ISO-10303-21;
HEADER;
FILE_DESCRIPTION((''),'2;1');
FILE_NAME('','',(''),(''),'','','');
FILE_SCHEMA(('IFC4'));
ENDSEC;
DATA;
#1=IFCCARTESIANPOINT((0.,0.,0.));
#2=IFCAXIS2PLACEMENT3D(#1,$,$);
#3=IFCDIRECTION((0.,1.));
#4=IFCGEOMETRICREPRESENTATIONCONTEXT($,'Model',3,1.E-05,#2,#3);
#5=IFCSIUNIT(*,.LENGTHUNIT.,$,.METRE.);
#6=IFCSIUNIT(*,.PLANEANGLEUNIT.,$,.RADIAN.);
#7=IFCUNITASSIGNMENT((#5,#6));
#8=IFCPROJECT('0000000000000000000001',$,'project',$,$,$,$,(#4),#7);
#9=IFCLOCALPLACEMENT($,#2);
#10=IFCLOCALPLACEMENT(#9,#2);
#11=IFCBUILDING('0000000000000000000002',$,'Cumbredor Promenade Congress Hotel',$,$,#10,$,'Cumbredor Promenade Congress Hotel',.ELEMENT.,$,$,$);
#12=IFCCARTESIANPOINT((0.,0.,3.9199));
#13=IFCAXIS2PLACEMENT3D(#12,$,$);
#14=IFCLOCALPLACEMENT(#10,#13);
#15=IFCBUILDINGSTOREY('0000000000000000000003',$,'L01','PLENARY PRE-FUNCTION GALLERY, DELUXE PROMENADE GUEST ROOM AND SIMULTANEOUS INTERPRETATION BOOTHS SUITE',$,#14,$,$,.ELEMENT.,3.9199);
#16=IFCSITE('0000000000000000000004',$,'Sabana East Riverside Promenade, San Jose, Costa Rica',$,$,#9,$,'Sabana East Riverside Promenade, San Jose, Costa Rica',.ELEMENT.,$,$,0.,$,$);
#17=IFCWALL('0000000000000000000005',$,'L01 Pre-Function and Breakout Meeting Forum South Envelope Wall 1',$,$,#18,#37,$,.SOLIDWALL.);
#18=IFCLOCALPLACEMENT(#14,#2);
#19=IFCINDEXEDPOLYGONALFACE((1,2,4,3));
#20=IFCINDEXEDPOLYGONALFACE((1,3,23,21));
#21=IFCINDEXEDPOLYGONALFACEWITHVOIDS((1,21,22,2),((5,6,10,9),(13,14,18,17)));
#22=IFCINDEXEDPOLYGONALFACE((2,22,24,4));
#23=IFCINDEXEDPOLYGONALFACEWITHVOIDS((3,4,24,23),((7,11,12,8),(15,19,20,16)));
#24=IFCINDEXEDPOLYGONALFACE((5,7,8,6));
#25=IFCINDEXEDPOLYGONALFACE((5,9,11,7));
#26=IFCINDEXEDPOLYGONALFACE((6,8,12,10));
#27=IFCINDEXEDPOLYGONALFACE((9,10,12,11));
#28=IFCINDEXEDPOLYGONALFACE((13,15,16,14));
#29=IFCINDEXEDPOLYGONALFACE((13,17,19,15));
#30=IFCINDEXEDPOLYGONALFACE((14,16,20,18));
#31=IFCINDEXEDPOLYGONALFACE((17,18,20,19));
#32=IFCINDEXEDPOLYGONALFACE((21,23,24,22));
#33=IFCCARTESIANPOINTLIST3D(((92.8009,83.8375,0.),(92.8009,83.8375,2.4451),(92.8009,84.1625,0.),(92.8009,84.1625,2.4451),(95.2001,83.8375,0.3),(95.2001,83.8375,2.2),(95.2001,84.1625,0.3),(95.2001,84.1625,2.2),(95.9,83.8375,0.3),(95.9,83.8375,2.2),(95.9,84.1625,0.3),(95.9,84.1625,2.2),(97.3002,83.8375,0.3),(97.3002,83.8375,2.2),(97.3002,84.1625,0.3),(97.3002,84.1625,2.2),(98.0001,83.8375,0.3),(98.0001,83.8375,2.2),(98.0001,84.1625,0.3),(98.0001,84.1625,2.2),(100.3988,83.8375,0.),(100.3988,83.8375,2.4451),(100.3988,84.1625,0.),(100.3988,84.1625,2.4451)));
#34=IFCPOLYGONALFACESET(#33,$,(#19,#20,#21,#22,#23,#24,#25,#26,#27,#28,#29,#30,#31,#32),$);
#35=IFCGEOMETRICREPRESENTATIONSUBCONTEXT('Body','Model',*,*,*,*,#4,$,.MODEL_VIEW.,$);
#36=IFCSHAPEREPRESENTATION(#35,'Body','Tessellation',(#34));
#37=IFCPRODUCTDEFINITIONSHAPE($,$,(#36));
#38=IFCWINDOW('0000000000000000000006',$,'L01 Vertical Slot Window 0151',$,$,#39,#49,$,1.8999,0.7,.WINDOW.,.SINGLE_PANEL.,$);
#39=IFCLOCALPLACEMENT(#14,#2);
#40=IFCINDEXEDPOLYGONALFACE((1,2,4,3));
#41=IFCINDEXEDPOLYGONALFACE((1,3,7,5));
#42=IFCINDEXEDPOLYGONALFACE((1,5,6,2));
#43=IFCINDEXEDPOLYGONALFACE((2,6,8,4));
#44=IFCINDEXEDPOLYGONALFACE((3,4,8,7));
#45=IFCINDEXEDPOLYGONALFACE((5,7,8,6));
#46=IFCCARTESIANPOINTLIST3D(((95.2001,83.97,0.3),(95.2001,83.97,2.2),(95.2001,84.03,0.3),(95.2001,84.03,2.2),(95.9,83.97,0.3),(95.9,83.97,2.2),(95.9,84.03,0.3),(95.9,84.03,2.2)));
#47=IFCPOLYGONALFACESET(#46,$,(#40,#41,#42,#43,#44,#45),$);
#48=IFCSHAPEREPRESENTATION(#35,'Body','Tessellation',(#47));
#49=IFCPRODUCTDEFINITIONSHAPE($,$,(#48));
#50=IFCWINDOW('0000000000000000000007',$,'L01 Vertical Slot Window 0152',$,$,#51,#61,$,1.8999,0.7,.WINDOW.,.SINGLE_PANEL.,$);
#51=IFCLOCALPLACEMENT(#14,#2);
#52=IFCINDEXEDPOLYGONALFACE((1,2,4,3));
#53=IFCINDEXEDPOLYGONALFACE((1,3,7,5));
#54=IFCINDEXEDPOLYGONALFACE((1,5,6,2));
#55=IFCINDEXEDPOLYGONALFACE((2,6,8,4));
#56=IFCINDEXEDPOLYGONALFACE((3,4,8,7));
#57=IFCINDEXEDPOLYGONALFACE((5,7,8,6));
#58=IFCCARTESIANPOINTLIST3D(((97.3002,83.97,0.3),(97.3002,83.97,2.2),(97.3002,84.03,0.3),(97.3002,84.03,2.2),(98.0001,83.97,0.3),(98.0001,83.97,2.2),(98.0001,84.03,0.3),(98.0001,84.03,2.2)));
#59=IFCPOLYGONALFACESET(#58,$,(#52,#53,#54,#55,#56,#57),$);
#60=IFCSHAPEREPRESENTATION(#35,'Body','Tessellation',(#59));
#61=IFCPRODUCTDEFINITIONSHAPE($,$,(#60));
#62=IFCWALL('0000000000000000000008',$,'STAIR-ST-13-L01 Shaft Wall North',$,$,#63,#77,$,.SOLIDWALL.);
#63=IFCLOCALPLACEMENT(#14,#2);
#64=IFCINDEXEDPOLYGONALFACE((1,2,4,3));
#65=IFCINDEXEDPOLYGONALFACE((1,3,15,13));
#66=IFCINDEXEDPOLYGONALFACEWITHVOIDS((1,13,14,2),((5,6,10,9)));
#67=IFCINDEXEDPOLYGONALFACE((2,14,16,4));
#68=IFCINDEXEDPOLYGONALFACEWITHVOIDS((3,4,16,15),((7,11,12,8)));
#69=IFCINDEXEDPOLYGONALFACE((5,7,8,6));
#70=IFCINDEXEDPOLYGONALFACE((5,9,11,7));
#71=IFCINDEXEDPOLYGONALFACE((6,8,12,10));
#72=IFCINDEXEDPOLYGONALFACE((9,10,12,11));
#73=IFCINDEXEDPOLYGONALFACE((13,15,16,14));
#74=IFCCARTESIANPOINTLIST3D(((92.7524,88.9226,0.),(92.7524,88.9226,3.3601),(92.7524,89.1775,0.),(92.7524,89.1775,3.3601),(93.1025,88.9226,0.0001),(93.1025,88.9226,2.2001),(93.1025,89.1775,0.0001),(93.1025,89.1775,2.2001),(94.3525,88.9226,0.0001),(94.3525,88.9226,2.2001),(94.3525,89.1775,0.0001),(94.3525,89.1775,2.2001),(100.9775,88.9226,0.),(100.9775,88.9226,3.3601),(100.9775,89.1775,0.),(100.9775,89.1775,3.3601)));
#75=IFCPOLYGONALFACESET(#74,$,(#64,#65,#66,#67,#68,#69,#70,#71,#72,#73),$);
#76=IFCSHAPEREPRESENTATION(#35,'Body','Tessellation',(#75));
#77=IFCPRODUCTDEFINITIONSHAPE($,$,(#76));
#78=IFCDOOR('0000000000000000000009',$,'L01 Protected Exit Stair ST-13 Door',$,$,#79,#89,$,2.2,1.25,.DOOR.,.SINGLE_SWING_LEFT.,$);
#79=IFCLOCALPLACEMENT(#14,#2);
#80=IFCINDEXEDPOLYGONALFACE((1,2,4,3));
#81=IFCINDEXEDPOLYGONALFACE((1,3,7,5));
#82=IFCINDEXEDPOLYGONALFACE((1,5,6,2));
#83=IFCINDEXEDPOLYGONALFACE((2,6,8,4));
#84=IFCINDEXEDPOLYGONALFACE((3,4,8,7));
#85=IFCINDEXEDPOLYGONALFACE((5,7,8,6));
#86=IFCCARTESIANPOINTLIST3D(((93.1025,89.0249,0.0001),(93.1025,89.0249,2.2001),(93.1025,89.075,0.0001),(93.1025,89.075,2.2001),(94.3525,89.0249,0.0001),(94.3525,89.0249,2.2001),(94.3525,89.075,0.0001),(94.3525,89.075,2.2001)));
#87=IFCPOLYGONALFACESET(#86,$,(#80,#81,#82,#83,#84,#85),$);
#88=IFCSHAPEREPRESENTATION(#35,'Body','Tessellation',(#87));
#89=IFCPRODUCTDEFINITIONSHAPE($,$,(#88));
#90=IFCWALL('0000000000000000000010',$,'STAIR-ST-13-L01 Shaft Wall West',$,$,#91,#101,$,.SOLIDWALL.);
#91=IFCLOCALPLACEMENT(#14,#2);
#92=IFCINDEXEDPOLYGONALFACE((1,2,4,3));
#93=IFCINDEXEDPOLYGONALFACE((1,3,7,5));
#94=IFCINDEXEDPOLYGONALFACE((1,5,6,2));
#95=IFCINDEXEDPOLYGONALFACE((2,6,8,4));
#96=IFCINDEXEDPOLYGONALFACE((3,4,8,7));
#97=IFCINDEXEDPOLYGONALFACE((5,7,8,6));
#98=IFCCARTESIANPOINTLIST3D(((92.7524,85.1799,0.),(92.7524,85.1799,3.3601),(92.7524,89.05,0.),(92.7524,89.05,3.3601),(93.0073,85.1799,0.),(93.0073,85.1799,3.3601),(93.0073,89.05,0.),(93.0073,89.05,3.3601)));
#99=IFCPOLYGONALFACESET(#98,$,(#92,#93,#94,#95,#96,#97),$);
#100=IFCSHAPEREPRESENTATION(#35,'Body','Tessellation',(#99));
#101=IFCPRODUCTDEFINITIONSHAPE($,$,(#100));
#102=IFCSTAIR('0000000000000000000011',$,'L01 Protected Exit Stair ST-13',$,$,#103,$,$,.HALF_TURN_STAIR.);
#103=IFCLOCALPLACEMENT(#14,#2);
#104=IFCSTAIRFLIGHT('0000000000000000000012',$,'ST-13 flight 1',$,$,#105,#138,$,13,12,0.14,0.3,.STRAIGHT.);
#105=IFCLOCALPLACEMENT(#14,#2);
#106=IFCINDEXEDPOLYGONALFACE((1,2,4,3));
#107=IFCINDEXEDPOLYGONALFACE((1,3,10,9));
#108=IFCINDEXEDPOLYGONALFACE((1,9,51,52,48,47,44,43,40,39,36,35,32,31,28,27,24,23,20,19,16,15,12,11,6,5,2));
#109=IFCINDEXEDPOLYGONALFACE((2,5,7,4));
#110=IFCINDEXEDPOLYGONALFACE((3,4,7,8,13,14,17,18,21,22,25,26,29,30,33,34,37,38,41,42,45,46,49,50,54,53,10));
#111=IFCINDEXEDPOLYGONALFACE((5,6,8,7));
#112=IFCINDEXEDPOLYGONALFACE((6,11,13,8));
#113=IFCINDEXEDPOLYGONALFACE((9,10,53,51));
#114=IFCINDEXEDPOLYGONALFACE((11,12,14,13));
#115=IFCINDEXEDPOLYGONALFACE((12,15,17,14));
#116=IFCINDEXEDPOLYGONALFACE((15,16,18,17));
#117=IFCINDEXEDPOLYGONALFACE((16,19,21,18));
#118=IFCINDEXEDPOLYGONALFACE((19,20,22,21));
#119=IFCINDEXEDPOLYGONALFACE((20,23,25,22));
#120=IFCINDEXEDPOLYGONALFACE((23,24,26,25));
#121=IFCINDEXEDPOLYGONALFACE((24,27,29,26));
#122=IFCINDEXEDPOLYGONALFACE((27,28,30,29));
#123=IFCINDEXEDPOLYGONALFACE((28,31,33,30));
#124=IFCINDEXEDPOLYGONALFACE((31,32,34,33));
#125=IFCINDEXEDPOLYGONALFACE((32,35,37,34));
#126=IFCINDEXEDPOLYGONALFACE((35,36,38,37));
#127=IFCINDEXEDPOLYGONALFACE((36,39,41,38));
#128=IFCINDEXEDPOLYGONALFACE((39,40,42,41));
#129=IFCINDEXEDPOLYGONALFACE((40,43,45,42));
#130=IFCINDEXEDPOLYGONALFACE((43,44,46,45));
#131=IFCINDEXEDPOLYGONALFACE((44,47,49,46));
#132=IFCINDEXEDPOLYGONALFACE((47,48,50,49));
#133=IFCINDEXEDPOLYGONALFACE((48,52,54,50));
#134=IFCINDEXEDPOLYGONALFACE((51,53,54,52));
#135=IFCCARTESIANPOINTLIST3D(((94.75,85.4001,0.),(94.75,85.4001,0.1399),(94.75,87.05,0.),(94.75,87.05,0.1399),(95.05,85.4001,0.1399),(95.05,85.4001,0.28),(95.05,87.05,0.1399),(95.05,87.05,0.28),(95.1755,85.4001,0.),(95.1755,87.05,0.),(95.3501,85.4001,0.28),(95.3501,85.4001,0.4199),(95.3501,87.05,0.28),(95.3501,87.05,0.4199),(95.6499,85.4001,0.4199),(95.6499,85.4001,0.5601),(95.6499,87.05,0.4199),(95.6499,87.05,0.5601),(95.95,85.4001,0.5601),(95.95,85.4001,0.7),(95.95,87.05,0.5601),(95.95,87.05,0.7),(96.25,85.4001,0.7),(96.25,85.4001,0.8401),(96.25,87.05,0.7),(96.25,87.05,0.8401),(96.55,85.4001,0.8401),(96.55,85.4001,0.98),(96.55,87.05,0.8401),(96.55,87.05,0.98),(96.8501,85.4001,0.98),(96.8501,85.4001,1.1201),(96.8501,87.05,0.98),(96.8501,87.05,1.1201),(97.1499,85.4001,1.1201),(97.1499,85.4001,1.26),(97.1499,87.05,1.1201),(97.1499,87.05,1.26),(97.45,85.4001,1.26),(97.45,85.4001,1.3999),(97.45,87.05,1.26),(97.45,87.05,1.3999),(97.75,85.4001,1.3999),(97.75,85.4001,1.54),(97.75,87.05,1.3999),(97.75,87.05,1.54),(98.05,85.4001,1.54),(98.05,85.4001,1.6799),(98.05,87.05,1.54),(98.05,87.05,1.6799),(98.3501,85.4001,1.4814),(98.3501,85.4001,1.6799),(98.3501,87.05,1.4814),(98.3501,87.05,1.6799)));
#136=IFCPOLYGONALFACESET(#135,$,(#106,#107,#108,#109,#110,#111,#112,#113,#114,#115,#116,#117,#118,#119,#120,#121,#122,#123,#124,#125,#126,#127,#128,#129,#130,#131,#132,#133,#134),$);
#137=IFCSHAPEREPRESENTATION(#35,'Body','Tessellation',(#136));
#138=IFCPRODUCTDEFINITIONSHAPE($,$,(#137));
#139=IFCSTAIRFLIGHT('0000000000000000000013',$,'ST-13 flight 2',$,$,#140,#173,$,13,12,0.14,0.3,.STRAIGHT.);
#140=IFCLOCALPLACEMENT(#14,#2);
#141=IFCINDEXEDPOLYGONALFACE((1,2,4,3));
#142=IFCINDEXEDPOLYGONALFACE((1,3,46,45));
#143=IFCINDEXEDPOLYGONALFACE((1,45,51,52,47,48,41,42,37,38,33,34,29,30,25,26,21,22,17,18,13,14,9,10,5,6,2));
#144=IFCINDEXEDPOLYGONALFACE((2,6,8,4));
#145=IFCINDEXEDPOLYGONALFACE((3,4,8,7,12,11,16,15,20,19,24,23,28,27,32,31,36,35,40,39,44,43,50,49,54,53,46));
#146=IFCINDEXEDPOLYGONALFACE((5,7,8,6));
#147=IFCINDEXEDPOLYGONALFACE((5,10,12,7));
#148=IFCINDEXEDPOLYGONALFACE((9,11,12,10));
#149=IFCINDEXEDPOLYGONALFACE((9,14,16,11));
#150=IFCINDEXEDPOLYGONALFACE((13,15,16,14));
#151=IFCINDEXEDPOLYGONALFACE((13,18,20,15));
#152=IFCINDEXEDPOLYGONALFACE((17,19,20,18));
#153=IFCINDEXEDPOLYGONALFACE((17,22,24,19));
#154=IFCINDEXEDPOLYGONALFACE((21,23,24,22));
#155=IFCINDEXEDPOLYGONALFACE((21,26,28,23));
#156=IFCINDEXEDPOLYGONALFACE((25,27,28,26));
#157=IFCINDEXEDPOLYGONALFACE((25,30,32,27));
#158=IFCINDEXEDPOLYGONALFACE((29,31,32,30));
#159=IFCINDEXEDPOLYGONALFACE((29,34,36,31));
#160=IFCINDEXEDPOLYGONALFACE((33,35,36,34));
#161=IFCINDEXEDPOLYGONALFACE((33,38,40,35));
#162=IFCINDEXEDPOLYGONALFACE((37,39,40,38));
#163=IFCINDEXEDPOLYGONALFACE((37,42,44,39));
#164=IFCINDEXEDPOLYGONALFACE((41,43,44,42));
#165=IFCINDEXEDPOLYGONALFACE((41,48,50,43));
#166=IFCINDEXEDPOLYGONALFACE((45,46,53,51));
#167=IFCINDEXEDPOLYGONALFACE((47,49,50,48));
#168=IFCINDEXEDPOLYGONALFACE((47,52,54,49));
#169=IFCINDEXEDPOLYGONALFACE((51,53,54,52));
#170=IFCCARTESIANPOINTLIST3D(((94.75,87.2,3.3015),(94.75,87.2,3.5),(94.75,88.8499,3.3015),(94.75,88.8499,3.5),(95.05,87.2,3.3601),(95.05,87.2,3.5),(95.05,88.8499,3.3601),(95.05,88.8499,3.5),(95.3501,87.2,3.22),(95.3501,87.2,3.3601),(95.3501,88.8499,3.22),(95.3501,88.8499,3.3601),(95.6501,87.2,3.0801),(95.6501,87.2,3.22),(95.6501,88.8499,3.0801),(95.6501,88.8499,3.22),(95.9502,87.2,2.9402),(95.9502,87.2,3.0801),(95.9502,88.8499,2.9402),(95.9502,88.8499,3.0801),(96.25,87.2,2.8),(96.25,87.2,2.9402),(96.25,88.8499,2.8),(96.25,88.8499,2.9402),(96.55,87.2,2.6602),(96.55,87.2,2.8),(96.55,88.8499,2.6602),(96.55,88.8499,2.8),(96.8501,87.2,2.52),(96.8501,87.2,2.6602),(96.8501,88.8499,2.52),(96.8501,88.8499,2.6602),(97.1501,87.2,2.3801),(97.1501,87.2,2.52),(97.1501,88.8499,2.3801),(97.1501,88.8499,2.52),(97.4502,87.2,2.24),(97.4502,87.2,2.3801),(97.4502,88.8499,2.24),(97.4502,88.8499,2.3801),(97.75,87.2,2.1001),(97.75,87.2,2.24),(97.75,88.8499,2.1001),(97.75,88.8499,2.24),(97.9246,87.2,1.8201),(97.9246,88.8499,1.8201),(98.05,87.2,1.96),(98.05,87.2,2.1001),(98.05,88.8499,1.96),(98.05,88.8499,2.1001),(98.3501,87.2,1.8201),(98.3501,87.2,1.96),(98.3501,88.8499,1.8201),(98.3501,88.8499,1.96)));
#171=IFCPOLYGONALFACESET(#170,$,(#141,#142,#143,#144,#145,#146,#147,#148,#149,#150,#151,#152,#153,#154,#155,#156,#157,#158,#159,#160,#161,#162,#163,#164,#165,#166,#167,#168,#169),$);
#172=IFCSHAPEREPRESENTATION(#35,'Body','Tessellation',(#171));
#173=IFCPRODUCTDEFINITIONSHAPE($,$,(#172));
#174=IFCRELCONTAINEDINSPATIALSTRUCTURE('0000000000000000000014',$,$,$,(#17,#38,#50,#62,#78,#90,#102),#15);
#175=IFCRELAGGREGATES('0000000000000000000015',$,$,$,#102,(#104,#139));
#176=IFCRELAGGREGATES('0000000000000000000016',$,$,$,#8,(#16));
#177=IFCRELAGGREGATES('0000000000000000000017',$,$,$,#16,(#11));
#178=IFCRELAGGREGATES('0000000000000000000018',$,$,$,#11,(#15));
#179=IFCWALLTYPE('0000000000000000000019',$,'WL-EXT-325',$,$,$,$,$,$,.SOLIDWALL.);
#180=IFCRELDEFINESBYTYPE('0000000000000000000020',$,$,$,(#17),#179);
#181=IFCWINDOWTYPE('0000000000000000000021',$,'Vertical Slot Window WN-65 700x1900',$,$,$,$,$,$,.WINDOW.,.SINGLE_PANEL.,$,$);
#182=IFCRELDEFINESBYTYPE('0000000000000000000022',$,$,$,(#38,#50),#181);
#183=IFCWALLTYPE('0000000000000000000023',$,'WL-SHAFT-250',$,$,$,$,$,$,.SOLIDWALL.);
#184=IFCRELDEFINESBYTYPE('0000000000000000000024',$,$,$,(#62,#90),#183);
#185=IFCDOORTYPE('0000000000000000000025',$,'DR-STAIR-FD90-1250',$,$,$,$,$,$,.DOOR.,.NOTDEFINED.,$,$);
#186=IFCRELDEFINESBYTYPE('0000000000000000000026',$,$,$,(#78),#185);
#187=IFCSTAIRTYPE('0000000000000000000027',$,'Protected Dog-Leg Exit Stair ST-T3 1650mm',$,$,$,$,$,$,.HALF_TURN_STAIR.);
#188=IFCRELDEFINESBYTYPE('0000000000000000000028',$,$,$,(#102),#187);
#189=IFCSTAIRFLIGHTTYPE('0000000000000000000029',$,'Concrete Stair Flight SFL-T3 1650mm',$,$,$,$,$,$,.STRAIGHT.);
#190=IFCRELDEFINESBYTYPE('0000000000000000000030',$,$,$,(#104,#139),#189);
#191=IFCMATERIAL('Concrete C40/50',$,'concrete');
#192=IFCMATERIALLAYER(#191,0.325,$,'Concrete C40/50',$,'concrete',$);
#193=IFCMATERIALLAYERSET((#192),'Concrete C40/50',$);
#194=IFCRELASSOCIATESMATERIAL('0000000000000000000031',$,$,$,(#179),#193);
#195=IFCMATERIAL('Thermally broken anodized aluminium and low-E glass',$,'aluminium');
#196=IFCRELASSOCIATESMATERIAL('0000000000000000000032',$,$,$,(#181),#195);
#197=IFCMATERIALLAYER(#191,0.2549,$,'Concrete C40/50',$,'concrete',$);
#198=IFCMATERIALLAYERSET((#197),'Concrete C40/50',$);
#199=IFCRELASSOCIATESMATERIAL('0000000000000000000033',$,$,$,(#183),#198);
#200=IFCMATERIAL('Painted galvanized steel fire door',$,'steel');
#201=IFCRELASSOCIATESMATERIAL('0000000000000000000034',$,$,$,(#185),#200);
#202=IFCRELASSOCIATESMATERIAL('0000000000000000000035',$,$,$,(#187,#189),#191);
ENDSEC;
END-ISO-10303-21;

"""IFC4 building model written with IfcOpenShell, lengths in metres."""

from ifc_helpers import new_model, si_unit, direction, frame, frame_2d, origin, place, context, subcontext, project, spatial, polyline, rectangle, outline, extrude, material, layer, layer_set, type_object, element, fill, aggregate, save


model = new_model("IFC4")

# Units and contexts
model_context = context("Model", 3, precision=1e-05, world=origin(), true_north=direction((0.0, 1.0)))
body_context = subcontext(model_context, "Body", "Model", "MODEL_VIEW")
ifc_project = project(units=[si_unit("LENGTHUNIT", "METRE"), si_unit("PLANEANGLEUNIT", "RADIAN")], contexts=[model_context])

# Site, building, storey
site_placement = place(None, origin())
site = spatial("IfcSite", under=ifc_project, at=site_placement, Name="Sabana East Riverside Promenade, San Jose, Costa Rica", LongName="Sabana East Riverside Promenade, San Jose, Costa Rica", CompositionType="ELEMENT", RefElevation=0.0)
building_placement = place(site_placement, origin())
building = spatial("IfcBuilding", under=site, at=building_placement, Name="Cumbredor Promenade Congress Hotel", LongName="Cumbredor Promenade Congress Hotel", CompositionType="ELEMENT")
storey_placement = place(building_placement, frame((0.0, 0.0, 3.9199)))
storey = spatial("IfcBuildingStorey", under=building, at=storey_placement, Name="L01", Description="PLENARY PRE-FUNCTION GALLERY, DELUXE PROMENADE GUEST ROOM AND SIMULTANEOUS INTERPRETATION BOOTHS SUITE", CompositionType="ELEMENT", Elevation=3.9199)

# Shared definitions
ifc_material_1 = material(Name="Thermally broken anodized aluminium and low-E glass", Category="aluminium")

# Shared definitions
ifc_material_2 = material(Name="Concrete C40/50", Category="concrete")

# Wall, openings, windows
ifc_layer_1 = layer(ifc_material_2, 0.325, Name="Concrete C40/50", Category="concrete")
ifc_layer_set_1 = layer_set([ifc_layer_1], Name="Concrete C40/50")
wall_type_1 = type_object("IfcWallType", Name="WL-EXT-325", PredefinedType="SOLIDWALL", material=ifc_layer_set_1)
wall_1_placement = place(storey_placement, frame((92.801, 84.0, 0.0), z_axis=(0.0, 0.0, 1.0), x_axis=(1.0, 0.0, 0.0)))
wall_1 = element("IfcWall", 1, at=wall_1_placement, inside=storey, type_object=wall_type_1, Name="L01 Pre-Function and Breakout Meeting Forum South Envelope Wall 1", PredefinedType="SOLIDWALL", context=body_context, shape_type="SweptSolid", body=[
    extrude(rectangle(XDim=7.5979, YDim=0.325, at=frame_2d((3.7988, 0.0))), origin(), (0.0, 0.0, 1.0), 2.4451),
])
opening_1_placement = place(wall_1_placement, frame((2.3989, 0.0, 0.3)))
opening_1 = element("IfcOpeningElement", 2, at=opening_1_placement, cuts=wall_1, PredefinedType="OPENING", context=body_context, shape_type="SweptSolid", body=[
    extrude(rectangle(XDim=0.7, YDim=1.8999, at=frame_2d((0.3501, 0.95))), frame((0.0, 0.1724, 0.0), z_axis=(0.0, -1.0, 0.0), x_axis=(1.0, 0.0, 0.0)), (0.0, 0.0, 1.0), 0.345),
])
opening_2_placement = place(wall_1_placement, frame((4.499, 0.0, 0.3)))
opening_2 = element("IfcOpeningElement", 3, at=opening_2_placement, cuts=wall_1, PredefinedType="OPENING", context=body_context, shape_type="SweptSolid", body=[
    extrude(rectangle(XDim=0.7, YDim=1.8999, at=frame_2d((0.3501, 0.95))), frame((0.0, 0.1724, 0.0), z_axis=(0.0, -1.0, 0.0), x_axis=(1.0, 0.0, 0.0)), (0.0, 0.0, 1.0), 0.345),
])
window_type = type_object("IfcWindowType", Name="Vertical Slot Window WN-65 700x1900", PartitioningType="SINGLE_PANEL", PredefinedType="WINDOW", material=ifc_material_1)
window_1_placement = place(opening_1_placement, origin())
window_1 = element("IfcWindow", 4, at=window_1_placement, inside=storey, type_object=window_type, Name="L01 Vertical Slot Window 0151", OverallHeight=1.8999, OverallWidth=0.7, PartitioningType="SINGLE_PANEL", PredefinedType="WINDOW", context=body_context, shape_type="SweptSolid", body=[
    extrude(rectangle(XDim=0.7, YDim=1.8999, at=frame_2d((0.3501, 0.95))), frame((0.0, 0.03, 0.0), z_axis=(0.0, -1.0, 0.0), x_axis=(1.0, 0.0, 0.0)), (0.0, 0.0, 1.0), 0.0601),
])
fill(opening_1, window_1)
window_2_placement = place(opening_2_placement, origin())
window_2 = element("IfcWindow", 5, at=window_2_placement, inside=storey, type_object=window_type, Name="L01 Vertical Slot Window 0152", OverallHeight=1.8999, OverallWidth=0.7, PartitioningType="SINGLE_PANEL", PredefinedType="WINDOW", context=body_context, shape_type="SweptSolid", body=[
    extrude(rectangle(XDim=0.7, YDim=1.8999, at=frame_2d((0.3501, 0.95))), frame((0.0, 0.03, 0.0), z_axis=(0.0, -1.0, 0.0), x_axis=(1.0, 0.0, 0.0)), (0.0, 0.0, 1.0), 0.0601),
])
fill(opening_2, window_2)

# Wall, opening, door
ifc_layer_2 = layer(ifc_material_2, 0.2549, Name="Concrete C40/50", Category="concrete")
ifc_layer_set_2 = layer_set([ifc_layer_2], Name="Concrete C40/50")
wall_type_2 = type_object("IfcWallType", Name="WL-SHAFT-250", PredefinedType="SOLIDWALL", material=ifc_layer_set_2)
wall_2_placement = place(storey_placement, frame((92.7524, 89.05, 0.0), z_axis=(0.0, 0.0, 1.0), x_axis=(1.0, 0.0, 0.0)))
wall_2 = element("IfcWall", 6, at=wall_2_placement, inside=storey, type_object=wall_type_2, Name="STAIR-ST-13-L01 Shaft Wall North", PredefinedType="SOLIDWALL", context=body_context, shape_type="SweptSolid", body=[
    extrude(rectangle(XDim=8.2251, YDim=0.2549, at=frame_2d((4.1125, 0.0))), origin(), (0.0, 0.0, 1.0), 3.3601),
])
opening_3_placement = place(wall_2_placement, frame((0.3501, 0.0, 0.0)))
opening_3 = element("IfcOpeningElement", 7, at=opening_3_placement, cuts=wall_2, PredefinedType="OPENING", context=body_context, shape_type="SweptSolid", body=[
    extrude(rectangle(XDim=1.25, YDim=2.2, at=frame_2d((0.625, 1.1001))), frame((0.0, 0.1375, 0.0), z_axis=(0.0, -1.0, 0.0), x_axis=(1.0, 0.0, 0.0)), (0.0, 0.0, 1.0), 0.2749),
])
ifc_material_3 = material(Name="Painted galvanized steel fire door", Category="steel")
door_type = type_object("IfcDoorType", Name="DR-STAIR-FD90-1250", OperationType="NOTDEFINED", PredefinedType="DOOR", material=ifc_material_3)
door_placement = place(opening_3_placement, origin())
door = element("IfcDoor", 8, at=door_placement, inside=storey, type_object=door_type, Name="L01 Protected Exit Stair ST-13 Door", OperationType="SINGLE_SWING_LEFT", OverallHeight=2.2, OverallWidth=1.25, PredefinedType="DOOR", context=body_context, shape_type="SweptSolid", body=[
    extrude(rectangle(XDim=1.25, YDim=2.2, at=frame_2d((0.625, 1.1001))), frame((0.0, 0.0249, 0.0), z_axis=(0.0, -1.0, 0.0), x_axis=(1.0, 0.0, 0.0)), (0.0, 0.0, 1.0), 0.05),
])
fill(opening_3, door)

# Wall
wall_3_placement = place(storey_placement, frame((92.8799, 85.1799, 0.0), z_axis=(0.0, 0.0, 1.0), x_axis=(0.0, 1.0, 0.0)))
element("IfcWall", 9, at=wall_3_placement, inside=storey, type_object=wall_type_2, Name="STAIR-ST-13-L01 Shaft Wall West", PredefinedType="SOLIDWALL", context=body_context, shape_type="SweptSolid", body=[
    extrude(rectangle(XDim=3.8701, YDim=0.2549, at=frame_2d((1.9351, 0.0))), origin(), (0.0, 0.0, 1.0), 3.3601),
])

# Stair, stair flights
stair_type = type_object("IfcStairType", Name="Protected Dog-Leg Exit Stair ST-T3 1650mm", PredefinedType="HALF_TURN_STAIR", material=ifc_material_2)
stair_placement = place(storey_placement, origin())
stair = element("IfcStair", 10, at=stair_placement, inside=storey, type_object=stair_type, Name="L01 Protected Exit Stair ST-13", PredefinedType="HALF_TURN_STAIR")
stair_flight_type = type_object("IfcStairFlightType", Name="Concrete Stair Flight SFL-T3 1650mm", PredefinedType="STRAIGHT", material=ifc_material_2)
stair_flight_1_placement = place(storey_placement, frame((94.75, 86.2251, 0.0), z_axis=(0.0, 0.0, 1.0), x_axis=(1.0, 0.0, 0.0)))
stair_flight_1 = element("IfcStairFlight", 11, at=stair_flight_1_placement, type_object=stair_flight_type, Name="ST-13 flight 1", NumberOfRisers=13, NumberOfTreads=12, PredefinedType="STRAIGHT", RiserHeight=0.14, TreadLength=0.3, context=body_context, shape_type="SweptSolid", body=[
    extrude(outline(polyline([(0.0, 0.0), (0.0, 0.1399), (0.3, 0.1399), (0.3, 0.28), (0.6001, 0.28), (0.6001, 0.4199), (0.8999, 0.4199), (0.8999, 0.5601), (1.2, 0.5601), (1.2, 0.7), (1.5, 0.7), (1.5, 0.8401), (1.8, 0.8401), (1.8, 0.98), (2.1001, 0.98), (2.1001, 1.1201), (2.3999, 1.1201), (2.3999, 1.26), (2.7, 1.26), (2.7, 1.3999), (3.0, 1.3999), (3.0, 1.54), (3.3, 1.54), (3.3, 1.6799), (3.6001, 1.6799), (3.6001, 1.8201), (3.6001, 1.4814), (0.4255, 0.0), (0.0, 0.0)])), frame((0.0, 0.825, 0.0), z_axis=(0.0, -1.0, 0.0), x_axis=(1.0, 0.0, 0.0)), (0.0, 0.0, 1.0), 1.6499),
])
stair_flight_2_placement = place(storey_placement, frame((98.3501, 88.0249, 1.8201), z_axis=(0.0, 0.0, 1.0), x_axis=(-1.0, 0.0, 0.0)))
stair_flight_2 = element("IfcStairFlight", 12, at=stair_flight_2_placement, type_object=stair_flight_type, Name="ST-13 flight 2", NumberOfRisers=13, NumberOfTreads=12, PredefinedType="STRAIGHT", RiserHeight=0.14, TreadLength=0.3, context=body_context, shape_type="SweptSolid", body=[
    extrude(outline(polyline([(0.0, 0.0), (0.0, 0.1399), (0.3, 0.1399), (0.3, 0.28), (0.6001, 0.28), (0.6001, 0.4199), (0.8999, 0.4199), (0.8999, 0.5601), (1.2, 0.5601), (1.2, 0.7), (1.5, 0.7), (1.5, 0.8401), (1.8, 0.8401), (1.8, 0.98), (2.1001, 0.98), (2.1001, 1.1201), (2.3999, 1.1201), (2.3999, 1.26), (2.7, 1.26), (2.7, 1.3999), (3.0, 1.3999), (3.0, 1.54), (3.3, 1.54), (3.3, 1.6799), (3.6001, 1.6799), (3.6001, 1.8201), (3.6001, 1.4814), (0.4255, 0.0), (0.0, 0.0)])), frame((0.0, 0.825, 0.0), z_axis=(0.0, -1.0, 0.0), x_axis=(1.0, 0.0, 0.0)), (0.0, 0.0, 1.0), 1.6499),
])
aggregate(stair, [stair_flight_1, stair_flight_2])

save(model, "model.ifc")
